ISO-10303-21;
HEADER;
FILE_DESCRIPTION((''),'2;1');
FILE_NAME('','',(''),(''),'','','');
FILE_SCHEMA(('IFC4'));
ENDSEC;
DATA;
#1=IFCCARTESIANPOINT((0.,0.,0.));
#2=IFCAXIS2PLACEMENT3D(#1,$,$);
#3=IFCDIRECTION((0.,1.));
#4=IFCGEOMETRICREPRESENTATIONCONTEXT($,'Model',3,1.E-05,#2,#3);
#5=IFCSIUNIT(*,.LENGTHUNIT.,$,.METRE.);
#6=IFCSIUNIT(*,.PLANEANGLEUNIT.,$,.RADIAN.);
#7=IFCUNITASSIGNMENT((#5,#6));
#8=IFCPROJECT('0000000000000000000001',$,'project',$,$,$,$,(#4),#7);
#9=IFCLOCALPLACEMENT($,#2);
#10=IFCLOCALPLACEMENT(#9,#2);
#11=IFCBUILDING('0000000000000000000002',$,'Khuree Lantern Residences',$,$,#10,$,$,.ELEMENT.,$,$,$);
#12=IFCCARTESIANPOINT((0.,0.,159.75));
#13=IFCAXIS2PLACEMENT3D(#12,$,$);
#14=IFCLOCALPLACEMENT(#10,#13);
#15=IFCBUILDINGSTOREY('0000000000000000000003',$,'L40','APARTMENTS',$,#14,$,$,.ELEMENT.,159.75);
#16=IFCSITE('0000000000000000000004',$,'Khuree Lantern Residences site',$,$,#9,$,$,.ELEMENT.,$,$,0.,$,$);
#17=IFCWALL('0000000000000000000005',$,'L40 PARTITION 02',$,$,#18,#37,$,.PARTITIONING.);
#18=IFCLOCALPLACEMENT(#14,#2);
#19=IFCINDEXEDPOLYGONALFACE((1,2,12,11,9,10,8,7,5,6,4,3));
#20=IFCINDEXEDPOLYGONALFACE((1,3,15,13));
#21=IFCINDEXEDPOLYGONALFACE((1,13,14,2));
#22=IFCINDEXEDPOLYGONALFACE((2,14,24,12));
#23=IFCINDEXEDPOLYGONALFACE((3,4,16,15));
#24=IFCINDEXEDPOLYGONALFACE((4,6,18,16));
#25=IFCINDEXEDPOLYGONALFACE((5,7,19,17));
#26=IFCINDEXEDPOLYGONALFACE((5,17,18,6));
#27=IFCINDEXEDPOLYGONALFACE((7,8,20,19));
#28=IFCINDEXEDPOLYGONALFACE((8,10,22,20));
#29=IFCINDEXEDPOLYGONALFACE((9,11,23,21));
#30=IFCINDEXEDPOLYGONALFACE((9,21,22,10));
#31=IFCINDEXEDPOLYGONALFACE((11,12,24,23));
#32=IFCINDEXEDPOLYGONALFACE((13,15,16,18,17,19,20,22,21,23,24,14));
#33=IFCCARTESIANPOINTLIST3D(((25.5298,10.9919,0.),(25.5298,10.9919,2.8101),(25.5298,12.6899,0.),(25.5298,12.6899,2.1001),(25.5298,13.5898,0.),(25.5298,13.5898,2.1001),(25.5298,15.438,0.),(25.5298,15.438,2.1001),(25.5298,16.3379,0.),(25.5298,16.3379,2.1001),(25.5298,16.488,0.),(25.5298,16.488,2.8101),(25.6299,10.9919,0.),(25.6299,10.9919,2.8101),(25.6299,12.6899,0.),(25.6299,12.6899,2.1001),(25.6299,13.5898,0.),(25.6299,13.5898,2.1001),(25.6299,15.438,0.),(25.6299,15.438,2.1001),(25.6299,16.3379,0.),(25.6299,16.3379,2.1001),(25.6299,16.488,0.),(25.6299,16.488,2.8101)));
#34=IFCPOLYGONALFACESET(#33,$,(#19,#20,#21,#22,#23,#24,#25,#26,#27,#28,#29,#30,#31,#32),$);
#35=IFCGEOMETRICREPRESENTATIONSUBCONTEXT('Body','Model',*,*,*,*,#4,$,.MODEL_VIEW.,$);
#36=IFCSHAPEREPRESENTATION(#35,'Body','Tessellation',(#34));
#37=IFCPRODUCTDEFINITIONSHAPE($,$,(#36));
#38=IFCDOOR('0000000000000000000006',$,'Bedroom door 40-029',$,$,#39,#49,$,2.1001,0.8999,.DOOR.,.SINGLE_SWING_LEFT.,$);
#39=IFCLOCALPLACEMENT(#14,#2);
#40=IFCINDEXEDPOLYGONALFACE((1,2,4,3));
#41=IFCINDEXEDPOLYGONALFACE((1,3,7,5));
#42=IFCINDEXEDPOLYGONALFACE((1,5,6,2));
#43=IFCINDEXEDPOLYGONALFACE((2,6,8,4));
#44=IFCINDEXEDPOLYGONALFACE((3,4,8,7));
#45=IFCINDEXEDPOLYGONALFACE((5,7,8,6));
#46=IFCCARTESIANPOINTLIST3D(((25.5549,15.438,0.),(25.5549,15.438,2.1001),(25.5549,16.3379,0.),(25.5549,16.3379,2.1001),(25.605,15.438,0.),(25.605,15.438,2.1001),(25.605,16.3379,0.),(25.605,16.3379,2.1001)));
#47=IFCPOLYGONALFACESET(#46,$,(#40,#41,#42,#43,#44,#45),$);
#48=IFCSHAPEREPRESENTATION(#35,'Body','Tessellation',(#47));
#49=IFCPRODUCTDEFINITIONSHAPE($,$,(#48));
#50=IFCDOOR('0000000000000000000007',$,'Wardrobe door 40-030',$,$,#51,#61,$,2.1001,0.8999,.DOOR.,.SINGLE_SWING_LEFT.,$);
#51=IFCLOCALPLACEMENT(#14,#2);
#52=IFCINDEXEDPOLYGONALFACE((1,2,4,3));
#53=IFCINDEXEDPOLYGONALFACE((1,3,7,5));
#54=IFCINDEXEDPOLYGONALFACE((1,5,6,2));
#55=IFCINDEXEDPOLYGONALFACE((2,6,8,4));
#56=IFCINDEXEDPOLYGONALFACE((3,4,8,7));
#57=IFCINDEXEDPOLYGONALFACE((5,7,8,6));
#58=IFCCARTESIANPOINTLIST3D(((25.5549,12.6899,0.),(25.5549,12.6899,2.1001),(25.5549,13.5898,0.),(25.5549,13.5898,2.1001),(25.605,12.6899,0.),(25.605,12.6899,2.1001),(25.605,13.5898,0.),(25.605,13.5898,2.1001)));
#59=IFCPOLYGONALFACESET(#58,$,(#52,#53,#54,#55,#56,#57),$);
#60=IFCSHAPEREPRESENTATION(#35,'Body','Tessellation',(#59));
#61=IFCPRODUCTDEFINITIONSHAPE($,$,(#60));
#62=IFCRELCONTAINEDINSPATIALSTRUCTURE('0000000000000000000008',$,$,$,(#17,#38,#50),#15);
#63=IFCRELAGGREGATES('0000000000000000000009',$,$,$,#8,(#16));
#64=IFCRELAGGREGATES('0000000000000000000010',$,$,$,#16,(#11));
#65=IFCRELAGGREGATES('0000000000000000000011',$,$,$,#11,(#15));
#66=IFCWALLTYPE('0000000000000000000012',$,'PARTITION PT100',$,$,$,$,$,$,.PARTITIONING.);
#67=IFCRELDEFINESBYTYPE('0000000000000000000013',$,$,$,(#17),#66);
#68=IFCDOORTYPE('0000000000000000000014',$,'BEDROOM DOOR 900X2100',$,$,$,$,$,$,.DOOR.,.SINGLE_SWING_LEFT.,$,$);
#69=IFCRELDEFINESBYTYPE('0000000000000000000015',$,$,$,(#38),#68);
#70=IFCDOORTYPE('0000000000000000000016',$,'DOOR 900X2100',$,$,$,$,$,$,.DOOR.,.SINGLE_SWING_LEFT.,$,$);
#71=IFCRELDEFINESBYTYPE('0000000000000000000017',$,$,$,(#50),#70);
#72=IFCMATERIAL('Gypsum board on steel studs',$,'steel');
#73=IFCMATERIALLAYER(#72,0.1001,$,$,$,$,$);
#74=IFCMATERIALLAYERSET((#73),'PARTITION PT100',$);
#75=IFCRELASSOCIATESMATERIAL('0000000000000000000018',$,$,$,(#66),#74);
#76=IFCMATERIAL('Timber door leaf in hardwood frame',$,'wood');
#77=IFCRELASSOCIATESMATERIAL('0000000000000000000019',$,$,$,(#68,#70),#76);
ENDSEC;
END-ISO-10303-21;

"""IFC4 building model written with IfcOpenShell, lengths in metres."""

from ifc_helpers import new_model, si_unit, direction, frame, frame_2d, origin, place, context, subcontext, project, spatial, rectangle, extrude, material, layer, layer_set, type_object, element, fill, save


model = new_model("IFC4")

# Units and contexts
model_context = context("Model", 3, precision=1e-05, world=origin(), true_north=direction((0.0, 1.0)))
body_context = subcontext(model_context, "Body", "Model", "MODEL_VIEW")
ifc_project = project(units=[si_unit("LENGTHUNIT", "METRE"), si_unit("PLANEANGLEUNIT", "RADIAN")], contexts=[model_context])

# Site, building, storey
site_placement = place(None, origin())
site = spatial("IfcSite", under=ifc_project, at=site_placement, Name="Khuree Lantern Residences site", CompositionType="ELEMENT", RefElevation=0.0)
building_placement = place(site_placement, origin())
building = spatial("IfcBuilding", under=site, at=building_placement, Name="Khuree Lantern Residences", CompositionType="ELEMENT")
storey_placement = place(building_placement, frame((0.0, 0.0, 159.75)))
storey = spatial("IfcBuildingStorey", under=building, at=storey_placement, Name="L40", Description="APARTMENTS", CompositionType="ELEMENT", Elevation=159.75)

# Shared definitions
ifc_material_1 = material(Name="Gypsum board on steel studs", Category="steel")
ifc_layer_1 = layer(ifc_material_1, 0.1001)
ifc_layer_set_1 = layer_set([ifc_layer_1], Name="PARTITION PT100")
wall_type = type_object("IfcWallType", Name="PARTITION PT100", PredefinedType="PARTITIONING", material=ifc_layer_set_1)

# Shared definitions
ifc_material_2 = material(Name="Timber door leaf in hardwood frame", Category="wood")
door_type_1 = type_object("IfcDoorType", Name="BEDROOM DOOR 900X2100", OperationType="SINGLE_SWING_LEFT", PredefinedType="DOOR", material=ifc_material_2)

# Wall, openings, doors
wall_1_placement = place(storey_placement, frame((25.5798, 10.9919, 0.0), z_axis=(0.0, 0.0, 1.0), x_axis=(0.0, 1.0, 0.0)))
wall_1 = element("IfcWall", 1, at=wall_1_placement, inside=storey, type_object=wall_type, Name="L40 PARTITION 02", PredefinedType="PARTITIONING", context=body_context, shape_type="SweptSolid", body=[
    extrude(rectangle(XDim=5.4961, YDim=0.1001, at=frame_2d((2.748, 0.0))), origin(), (0.0, 0.0, 1.0), 2.8101),
])
opening_1_placement = place(wall_1_placement, frame((4.446, 0.0, 0.0)))
opening_1 = element("IfcOpeningElement", 2, at=opening_1_placement, cuts=wall_1, PredefinedType="OPENING", context=body_context, shape_type="SweptSolid", body=[
    extrude(rectangle(XDim=0.8999, YDim=2.1001, at=frame_2d((0.45, 1.05))), frame((0.0, 0.0601, 0.0), z_axis=(0.0, -1.0, 0.0), x_axis=(1.0, 0.0, 0.0)), (0.0, 0.0, 1.0), 0.1201),
])
opening_2_placement = place(wall_1_placement, frame((1.698, 0.0, 0.0)))
opening_2 = element("IfcOpeningElement", 3, at=opening_2_placement, cuts=wall_1, PredefinedType="OPENING", context=body_context, shape_type="SweptSolid", body=[
    extrude(rectangle(XDim=0.8999, YDim=2.1001, at=frame_2d((0.45, 1.05))), frame((0.0, 0.0601, 0.0), z_axis=(0.0, -1.0, 0.0), x_axis=(1.0, 0.0, 0.0)), (0.0, 0.0, 1.0), 0.1201),
])
door_1_placement = place(opening_1_placement, origin())
door_1 = element("IfcDoor", 4, at=door_1_placement, inside=storey, type_object=door_type_1, Name="Bedroom door 40-029", OperationType="SINGLE_SWING_LEFT", OverallHeight=2.1001, OverallWidth=0.8999, PredefinedType="DOOR", context=body_context, shape_type="SweptSolid", body=[
    extrude(rectangle(XDim=0.8999, YDim=2.1001, at=frame_2d((0.45, 1.05))), frame((0.0, 0.0249, 0.0), z_axis=(0.0, -1.0, 0.0), x_axis=(1.0, 0.0, 0.0)), (0.0, 0.0, 1.0), 0.05),
])
fill(opening_1, door_1)
door_type_2 = type_object("IfcDoorType", Name="DOOR 900X2100", OperationType="SINGLE_SWING_LEFT", PredefinedType="DOOR", material=ifc_material_2)
door_2_placement = place(opening_2_placement, origin())
door_2 = element("IfcDoor", 5, at=door_2_placement, inside=storey, type_object=door_type_2, Name="Wardrobe door 40-030", OperationType="SINGLE_SWING_LEFT", OverallHeight=2.1001, OverallWidth=0.8999, PredefinedType="DOOR", context=body_context, shape_type="SweptSolid", body=[
    extrude(rectangle(XDim=0.8999, YDim=2.1001, at=frame_2d((0.45, 1.05))), frame((0.0, 0.0249, 0.0), z_axis=(0.0, -1.0, 0.0), x_axis=(1.0, 0.0, 0.0)), (0.0, 0.0, 1.0), 0.05),
])
fill(opening_2, door_2)

save(model, "model.ifc")
